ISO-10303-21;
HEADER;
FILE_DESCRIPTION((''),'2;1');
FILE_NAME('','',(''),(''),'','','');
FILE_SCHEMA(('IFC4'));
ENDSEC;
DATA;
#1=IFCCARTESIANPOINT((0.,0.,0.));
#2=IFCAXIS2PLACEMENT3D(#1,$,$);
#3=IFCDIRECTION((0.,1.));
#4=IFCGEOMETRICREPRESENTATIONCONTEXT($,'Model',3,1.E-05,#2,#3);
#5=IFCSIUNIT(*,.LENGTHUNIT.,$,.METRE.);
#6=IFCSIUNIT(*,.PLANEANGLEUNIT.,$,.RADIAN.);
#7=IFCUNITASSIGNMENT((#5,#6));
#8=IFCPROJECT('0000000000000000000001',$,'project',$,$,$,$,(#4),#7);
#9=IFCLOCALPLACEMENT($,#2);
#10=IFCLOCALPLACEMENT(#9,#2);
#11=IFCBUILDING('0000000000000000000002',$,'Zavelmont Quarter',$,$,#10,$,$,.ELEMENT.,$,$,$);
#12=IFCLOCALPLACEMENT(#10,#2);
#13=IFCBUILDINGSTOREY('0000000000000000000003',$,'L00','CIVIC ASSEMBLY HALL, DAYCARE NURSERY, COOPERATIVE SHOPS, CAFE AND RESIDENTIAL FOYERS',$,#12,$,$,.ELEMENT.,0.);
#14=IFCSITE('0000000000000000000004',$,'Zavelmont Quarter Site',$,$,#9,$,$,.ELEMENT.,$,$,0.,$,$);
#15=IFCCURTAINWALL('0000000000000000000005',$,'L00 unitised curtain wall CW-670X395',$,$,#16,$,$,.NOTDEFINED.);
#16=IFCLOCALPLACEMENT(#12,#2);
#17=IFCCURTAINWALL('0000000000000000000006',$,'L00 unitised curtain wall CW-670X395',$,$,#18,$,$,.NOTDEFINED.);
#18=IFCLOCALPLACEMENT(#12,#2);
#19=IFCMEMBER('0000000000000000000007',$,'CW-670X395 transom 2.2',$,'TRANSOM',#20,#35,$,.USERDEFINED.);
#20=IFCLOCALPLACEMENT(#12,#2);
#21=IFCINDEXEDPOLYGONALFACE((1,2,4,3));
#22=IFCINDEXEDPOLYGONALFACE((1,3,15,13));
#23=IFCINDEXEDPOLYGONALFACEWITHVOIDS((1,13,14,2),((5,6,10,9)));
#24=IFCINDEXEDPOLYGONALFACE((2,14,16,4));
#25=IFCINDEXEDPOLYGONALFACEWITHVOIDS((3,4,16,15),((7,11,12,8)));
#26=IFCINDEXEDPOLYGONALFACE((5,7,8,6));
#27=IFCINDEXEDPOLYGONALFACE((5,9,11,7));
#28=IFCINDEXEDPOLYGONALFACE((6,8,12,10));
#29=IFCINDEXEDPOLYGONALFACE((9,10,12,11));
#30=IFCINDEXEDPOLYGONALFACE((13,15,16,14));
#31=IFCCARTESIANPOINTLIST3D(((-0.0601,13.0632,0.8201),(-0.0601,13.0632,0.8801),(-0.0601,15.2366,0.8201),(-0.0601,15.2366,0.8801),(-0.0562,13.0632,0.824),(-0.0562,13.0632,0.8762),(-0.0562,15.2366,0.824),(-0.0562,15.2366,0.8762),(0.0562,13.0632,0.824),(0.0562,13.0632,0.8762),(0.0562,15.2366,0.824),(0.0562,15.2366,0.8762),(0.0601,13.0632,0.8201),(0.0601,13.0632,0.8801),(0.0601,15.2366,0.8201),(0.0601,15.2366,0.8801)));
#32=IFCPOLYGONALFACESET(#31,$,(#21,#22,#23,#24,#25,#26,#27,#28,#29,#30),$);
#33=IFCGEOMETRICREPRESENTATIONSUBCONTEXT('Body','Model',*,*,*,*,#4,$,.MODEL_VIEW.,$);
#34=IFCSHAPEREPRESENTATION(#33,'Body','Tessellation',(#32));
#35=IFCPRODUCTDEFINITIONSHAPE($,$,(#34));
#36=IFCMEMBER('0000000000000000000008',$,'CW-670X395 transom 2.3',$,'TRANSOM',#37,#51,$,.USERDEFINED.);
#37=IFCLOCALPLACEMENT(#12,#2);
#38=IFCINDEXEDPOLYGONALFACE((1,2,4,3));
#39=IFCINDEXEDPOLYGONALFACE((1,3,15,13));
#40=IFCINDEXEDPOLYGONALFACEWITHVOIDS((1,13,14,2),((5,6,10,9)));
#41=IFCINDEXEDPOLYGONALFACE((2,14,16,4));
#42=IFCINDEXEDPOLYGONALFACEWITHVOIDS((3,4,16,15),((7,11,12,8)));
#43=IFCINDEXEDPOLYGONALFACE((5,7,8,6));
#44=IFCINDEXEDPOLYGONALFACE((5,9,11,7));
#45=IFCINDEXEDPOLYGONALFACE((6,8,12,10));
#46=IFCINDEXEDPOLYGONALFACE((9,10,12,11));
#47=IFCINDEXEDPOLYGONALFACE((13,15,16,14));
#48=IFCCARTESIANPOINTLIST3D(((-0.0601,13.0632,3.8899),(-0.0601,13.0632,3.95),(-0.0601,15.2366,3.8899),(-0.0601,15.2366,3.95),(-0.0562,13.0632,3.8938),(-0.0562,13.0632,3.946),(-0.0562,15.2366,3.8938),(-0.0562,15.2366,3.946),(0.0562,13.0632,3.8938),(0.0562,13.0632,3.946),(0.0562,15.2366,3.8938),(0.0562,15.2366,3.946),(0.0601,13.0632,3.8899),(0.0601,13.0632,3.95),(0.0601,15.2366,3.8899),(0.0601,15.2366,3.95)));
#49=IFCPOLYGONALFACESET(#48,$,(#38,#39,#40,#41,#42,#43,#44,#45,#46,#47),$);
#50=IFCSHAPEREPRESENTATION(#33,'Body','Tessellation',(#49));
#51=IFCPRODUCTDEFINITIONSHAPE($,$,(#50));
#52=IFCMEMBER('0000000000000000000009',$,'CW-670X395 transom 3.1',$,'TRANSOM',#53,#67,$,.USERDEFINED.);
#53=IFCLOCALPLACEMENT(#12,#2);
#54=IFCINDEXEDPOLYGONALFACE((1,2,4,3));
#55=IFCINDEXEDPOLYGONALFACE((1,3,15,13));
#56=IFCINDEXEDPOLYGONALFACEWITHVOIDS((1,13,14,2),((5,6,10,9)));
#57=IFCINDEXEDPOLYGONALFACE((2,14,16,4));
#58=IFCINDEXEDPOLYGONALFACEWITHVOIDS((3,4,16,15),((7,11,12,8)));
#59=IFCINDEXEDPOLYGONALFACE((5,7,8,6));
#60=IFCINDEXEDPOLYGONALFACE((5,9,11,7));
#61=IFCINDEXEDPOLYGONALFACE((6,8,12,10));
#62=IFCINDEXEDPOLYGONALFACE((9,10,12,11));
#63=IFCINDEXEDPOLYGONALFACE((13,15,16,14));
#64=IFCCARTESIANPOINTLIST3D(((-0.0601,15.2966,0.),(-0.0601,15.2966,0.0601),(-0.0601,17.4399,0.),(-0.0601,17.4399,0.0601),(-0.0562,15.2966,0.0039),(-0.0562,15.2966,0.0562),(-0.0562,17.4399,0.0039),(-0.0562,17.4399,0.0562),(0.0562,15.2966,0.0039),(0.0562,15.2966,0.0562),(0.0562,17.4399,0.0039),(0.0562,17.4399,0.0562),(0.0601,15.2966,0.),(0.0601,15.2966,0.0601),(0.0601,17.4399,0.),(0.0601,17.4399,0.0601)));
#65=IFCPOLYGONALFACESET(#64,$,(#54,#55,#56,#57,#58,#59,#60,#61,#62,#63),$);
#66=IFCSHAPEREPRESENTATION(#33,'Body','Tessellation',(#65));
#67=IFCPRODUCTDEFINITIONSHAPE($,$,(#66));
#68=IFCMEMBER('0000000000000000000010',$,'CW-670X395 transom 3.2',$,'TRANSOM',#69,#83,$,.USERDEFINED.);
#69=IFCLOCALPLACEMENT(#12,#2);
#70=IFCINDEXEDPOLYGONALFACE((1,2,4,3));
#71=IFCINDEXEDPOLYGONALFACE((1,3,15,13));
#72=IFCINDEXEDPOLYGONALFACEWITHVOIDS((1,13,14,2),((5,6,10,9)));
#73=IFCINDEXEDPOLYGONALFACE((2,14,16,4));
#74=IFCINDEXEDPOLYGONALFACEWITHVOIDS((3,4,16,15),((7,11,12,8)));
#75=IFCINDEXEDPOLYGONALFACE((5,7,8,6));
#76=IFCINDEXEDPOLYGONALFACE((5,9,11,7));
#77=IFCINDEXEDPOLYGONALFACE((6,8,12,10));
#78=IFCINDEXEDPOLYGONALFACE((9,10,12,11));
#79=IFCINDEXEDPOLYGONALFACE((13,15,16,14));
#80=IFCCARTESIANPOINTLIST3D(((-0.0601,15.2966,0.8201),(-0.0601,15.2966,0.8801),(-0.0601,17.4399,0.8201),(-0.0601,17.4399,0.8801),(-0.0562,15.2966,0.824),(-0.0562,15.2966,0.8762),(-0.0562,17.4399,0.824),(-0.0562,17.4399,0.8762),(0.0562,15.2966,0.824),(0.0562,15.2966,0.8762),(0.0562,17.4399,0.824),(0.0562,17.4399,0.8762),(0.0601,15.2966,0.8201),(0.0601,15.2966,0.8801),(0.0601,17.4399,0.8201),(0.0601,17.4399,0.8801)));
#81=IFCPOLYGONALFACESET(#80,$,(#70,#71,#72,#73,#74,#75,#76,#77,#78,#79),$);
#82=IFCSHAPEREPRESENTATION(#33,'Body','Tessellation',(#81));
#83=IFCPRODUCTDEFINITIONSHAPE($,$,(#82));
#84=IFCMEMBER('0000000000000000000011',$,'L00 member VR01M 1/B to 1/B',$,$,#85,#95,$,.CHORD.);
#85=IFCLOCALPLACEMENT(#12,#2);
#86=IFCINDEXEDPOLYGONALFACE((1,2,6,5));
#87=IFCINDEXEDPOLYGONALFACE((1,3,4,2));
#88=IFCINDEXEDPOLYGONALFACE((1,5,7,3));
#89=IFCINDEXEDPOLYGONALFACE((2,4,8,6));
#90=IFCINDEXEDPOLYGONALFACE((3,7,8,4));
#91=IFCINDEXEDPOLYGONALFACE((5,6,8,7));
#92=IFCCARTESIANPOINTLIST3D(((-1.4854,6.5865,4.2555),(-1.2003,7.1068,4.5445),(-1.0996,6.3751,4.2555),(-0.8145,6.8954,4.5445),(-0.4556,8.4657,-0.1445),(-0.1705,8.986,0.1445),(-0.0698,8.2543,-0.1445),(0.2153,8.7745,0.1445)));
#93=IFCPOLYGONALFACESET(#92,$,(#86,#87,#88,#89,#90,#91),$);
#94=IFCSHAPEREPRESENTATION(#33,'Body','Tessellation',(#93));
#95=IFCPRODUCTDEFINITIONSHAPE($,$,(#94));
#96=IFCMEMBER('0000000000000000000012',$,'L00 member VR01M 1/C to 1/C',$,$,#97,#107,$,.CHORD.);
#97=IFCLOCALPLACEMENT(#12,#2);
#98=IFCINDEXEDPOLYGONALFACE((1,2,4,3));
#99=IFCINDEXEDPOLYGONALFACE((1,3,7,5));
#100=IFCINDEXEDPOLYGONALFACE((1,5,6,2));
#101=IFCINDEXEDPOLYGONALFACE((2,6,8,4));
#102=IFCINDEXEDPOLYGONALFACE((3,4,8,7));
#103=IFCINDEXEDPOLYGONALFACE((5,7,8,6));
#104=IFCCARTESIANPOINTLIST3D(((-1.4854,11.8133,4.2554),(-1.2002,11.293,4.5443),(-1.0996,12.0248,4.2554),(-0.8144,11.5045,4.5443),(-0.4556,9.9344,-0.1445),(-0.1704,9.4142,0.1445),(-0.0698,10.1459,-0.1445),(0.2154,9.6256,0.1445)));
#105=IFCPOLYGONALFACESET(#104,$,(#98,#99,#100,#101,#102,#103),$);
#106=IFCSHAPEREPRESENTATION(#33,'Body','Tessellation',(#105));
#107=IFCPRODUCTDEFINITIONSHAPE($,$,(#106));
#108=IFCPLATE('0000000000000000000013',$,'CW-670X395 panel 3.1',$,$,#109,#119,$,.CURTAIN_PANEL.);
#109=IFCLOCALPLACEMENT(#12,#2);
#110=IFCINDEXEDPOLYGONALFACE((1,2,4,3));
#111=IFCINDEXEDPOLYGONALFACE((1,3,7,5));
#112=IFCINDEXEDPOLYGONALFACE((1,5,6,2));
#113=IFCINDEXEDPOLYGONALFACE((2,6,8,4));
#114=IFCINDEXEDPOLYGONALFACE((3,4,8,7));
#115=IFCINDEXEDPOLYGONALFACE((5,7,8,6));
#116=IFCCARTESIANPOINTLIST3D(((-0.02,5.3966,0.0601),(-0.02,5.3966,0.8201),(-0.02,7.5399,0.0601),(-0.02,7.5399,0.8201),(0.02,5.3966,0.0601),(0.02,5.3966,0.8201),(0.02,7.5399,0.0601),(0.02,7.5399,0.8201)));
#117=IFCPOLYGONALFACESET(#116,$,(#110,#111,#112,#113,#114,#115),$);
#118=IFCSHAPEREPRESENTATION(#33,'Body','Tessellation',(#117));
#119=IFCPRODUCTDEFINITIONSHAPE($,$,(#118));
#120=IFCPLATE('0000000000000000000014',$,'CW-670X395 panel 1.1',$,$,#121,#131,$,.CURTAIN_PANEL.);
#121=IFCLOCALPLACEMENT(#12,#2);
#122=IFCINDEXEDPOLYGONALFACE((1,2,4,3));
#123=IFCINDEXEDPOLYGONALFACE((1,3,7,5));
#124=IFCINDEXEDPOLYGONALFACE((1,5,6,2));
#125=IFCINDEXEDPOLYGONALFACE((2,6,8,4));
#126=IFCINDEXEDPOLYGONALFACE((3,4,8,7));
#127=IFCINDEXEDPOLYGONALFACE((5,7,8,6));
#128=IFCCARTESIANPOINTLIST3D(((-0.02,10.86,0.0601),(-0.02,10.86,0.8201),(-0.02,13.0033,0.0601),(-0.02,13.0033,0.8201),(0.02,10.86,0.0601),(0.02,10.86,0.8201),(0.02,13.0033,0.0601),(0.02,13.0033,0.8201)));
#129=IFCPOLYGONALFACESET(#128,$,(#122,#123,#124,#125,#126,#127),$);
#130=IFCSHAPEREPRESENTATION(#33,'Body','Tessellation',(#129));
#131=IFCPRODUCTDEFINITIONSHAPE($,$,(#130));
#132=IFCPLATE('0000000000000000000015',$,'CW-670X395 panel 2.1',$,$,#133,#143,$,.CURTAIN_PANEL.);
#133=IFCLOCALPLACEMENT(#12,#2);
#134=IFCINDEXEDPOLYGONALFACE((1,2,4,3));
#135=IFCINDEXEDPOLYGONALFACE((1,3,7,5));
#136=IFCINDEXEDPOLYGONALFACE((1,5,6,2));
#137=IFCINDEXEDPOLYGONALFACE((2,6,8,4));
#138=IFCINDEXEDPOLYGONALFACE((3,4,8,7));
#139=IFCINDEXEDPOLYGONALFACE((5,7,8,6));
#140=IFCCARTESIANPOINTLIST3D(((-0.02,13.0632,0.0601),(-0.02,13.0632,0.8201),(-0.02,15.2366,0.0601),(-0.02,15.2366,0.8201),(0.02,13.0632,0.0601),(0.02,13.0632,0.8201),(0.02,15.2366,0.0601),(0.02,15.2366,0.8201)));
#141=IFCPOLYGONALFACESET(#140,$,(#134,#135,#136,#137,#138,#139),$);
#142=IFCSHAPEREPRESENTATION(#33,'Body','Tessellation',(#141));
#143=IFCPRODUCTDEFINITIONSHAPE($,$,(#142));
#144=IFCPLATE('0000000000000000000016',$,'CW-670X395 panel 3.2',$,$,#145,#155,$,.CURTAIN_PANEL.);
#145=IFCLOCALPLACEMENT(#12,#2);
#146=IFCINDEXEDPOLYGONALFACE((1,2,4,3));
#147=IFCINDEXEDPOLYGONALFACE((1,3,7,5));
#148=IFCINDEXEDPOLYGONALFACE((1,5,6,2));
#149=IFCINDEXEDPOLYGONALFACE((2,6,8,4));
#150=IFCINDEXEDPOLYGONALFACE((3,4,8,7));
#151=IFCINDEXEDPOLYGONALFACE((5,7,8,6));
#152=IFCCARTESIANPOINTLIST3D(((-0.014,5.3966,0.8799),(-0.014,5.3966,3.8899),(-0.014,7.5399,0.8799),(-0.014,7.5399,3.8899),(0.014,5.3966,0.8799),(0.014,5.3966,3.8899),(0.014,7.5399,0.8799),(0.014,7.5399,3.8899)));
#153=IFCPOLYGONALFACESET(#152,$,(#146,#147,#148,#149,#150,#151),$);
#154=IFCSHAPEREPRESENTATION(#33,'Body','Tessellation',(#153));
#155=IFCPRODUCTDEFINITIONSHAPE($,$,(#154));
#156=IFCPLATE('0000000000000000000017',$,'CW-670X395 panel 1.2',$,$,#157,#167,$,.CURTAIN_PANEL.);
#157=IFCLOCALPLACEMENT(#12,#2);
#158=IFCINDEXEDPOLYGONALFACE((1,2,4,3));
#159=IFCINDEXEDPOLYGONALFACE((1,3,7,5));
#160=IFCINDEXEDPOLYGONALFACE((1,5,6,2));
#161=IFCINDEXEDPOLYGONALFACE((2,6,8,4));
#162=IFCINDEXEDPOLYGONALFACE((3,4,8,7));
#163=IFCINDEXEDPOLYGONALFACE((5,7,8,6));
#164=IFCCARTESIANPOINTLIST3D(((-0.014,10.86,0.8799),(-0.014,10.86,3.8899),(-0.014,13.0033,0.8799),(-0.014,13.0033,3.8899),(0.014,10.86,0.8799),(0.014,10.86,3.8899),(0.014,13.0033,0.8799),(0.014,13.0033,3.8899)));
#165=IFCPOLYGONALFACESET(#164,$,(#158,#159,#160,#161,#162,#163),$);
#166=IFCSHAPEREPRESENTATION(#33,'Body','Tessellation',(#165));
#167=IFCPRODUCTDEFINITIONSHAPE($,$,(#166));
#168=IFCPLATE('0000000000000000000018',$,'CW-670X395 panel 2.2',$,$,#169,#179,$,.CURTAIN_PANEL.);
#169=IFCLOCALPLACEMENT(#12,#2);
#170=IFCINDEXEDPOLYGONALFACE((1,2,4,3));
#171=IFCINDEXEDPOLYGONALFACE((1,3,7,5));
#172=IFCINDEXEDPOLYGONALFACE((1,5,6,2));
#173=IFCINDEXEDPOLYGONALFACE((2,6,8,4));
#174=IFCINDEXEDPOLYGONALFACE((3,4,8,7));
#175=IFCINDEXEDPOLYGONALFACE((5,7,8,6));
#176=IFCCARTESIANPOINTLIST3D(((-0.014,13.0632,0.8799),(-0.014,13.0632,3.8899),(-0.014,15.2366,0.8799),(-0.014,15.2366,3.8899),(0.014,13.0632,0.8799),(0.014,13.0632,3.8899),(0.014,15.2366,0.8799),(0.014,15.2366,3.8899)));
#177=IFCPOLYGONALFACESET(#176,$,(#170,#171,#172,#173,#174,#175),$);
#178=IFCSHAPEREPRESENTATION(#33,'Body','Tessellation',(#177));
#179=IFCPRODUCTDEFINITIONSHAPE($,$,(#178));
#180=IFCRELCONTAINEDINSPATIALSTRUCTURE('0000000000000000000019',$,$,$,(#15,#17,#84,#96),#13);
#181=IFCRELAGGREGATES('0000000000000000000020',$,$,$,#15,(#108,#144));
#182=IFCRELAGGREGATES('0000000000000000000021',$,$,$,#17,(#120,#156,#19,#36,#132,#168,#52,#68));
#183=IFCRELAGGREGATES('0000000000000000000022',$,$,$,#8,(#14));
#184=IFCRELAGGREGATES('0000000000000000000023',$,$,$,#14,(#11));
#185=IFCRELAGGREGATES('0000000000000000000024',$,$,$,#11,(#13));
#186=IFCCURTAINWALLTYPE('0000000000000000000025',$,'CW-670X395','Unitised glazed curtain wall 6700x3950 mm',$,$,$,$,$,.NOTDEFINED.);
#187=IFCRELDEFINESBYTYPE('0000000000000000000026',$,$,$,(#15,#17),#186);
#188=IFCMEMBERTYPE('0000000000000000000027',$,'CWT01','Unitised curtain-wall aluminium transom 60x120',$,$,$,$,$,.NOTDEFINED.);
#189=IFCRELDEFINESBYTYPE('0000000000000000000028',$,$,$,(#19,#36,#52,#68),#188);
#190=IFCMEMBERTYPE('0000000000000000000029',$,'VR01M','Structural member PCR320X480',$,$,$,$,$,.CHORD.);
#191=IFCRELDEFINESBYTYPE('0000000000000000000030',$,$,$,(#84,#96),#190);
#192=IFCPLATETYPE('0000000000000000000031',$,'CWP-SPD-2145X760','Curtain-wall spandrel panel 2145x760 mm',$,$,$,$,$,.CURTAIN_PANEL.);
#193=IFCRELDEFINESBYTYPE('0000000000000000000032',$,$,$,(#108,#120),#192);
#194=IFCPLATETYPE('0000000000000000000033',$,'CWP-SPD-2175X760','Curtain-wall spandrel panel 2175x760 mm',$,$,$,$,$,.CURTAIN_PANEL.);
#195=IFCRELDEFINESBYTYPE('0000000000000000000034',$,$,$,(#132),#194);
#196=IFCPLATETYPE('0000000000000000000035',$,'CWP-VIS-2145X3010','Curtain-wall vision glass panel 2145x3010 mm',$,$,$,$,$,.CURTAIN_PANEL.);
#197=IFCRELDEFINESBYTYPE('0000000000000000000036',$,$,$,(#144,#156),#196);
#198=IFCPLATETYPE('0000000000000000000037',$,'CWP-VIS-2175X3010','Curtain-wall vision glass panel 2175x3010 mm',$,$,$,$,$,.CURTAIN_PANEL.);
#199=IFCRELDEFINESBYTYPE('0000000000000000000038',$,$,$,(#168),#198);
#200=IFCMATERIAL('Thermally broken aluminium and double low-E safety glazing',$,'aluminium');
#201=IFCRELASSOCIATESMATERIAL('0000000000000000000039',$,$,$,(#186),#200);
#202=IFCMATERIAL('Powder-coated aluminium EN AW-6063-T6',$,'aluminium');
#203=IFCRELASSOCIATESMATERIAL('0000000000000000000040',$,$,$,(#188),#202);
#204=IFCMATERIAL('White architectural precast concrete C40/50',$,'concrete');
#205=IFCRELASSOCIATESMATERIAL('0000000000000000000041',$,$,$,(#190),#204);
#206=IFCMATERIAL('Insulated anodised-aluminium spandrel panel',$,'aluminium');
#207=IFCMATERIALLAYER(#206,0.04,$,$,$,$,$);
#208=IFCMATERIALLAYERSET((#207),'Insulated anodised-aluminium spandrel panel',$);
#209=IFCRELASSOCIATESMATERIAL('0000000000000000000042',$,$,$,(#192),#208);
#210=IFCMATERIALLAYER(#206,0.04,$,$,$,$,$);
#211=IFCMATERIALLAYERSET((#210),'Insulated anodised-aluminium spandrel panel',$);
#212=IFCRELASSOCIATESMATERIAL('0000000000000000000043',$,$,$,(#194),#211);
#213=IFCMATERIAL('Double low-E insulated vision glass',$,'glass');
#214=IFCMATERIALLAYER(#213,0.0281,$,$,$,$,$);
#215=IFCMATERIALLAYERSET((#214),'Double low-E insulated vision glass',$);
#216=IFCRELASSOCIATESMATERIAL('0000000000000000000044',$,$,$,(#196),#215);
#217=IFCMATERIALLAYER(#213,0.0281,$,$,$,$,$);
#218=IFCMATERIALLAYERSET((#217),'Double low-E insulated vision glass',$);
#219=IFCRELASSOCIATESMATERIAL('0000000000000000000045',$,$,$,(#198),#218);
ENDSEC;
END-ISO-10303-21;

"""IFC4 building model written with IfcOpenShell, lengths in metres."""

from ifc_helpers import new_model, si_unit, direction, frame, origin, origin_2d, place, context, subcontext, project, spatial, rectangle, hollow_rectangle, extrude, material, layer, layer_set, material_profile, profile_set, type_object, element, aggregate, save


model = new_model("IFC4")

# Units and contexts
model_context = context("Model", 3, precision=1e-05, world=origin(), true_north=direction((0.0, 1.0)))
body_context = subcontext(model_context, "Body", "Model", "MODEL_VIEW")
ifc_project = project(units=[si_unit("LENGTHUNIT", "METRE"), si_unit("PLANEANGLEUNIT", "RADIAN")], contexts=[model_context])

# Site, building, storey
site_placement = place(None, origin())
site = spatial("IfcSite", under=ifc_project, at=site_placement, Name="Zavelmont Quarter Site", CompositionType="ELEMENT", RefElevation=0.0)
building_placement = place(site_placement, origin())
building = spatial("IfcBuilding", under=site, at=building_placement, Name="Zavelmont Quarter", CompositionType="ELEMENT")
storey_placement = place(building_placement, origin())
storey = spatial("IfcBuildingStorey", under=building, at=storey_placement, Name="L00", Description="CIVIC ASSEMBLY HALL, DAYCARE NURSERY, COOPERATIVE SHOPS, CAFE AND RESIDENTIAL FOYERS", CompositionType="ELEMENT", Elevation=0.0)

# Curtain wall
ifc_material_1 = material(Name="Thermally broken aluminium and double low-E safety glazing", Category="aluminium")
curtain_wall_type = type_object("IfcCurtainWallType", Name="CW-670X395", Description="Unitised glazed curtain wall 6700x3950 mm", PredefinedType="NOTDEFINED", material=ifc_material_1)
curtain_wall_1_placement = place(storey_placement, origin())
curtain_wall_1 = element("IfcCurtainWall", 1, at=curtain_wall_1_placement, inside=storey, type_object=curtain_wall_type, Name="L00 unitised curtain wall CW-670X395", PredefinedType="NOTDEFINED")
ifc_material_2 = material(Name="Powder-coated aluminium EN AW-6063-T6", Category="aluminium")

# Curtain wall
curtain_wall_2_placement = place(storey_placement, origin())
curtain_wall_2 = element("IfcCurtainWall", 2, at=curtain_wall_2_placement, inside=storey, type_object=curtain_wall_type, Name="L00 unitised curtain wall CW-670X395", PredefinedType="NOTDEFINED")

# Members
ifc_material_profile_1 = material_profile(ifc_material_2, hollow_rectangle(XDim=0.1201, YDim=0.0601, WallThickness=0.0039, at=origin_2d()), Name="CWT60X120")
ifc_profile_set_1 = profile_set([ifc_material_profile_1], Name="Powder-coated aluminium EN AW-6063-T6")
member_type_1 = type_object("IfcMemberType", Name="CWT01", Description="Unitised curtain-wall aluminium transom 60x120", PredefinedType="NOTDEFINED", material=ifc_profile_set_1)
member_1_placement = place(storey_placement, frame((0.0, 13.0632, 0.8501), z_axis=(0.0, 1.0, 0.0), x_axis=(-1.0, 0.0, 0.0)))
member_1 = element("IfcMember", 3, at=member_1_placement, type_object=member_type_1, Name="CW-670X395 transom 2.2", ObjectType="TRANSOM", PredefinedType="USERDEFINED", context=body_context, shape_type="SweptSolid", body=[
    extrude(hollow_rectangle(XDim=0.1201, YDim=0.0601, WallThickness=0.0039, at=origin_2d()), origin(), (0.0, 0.0, 1.0), 2.1733),
])
member_2_placement = place(storey_placement, frame((0.0, 13.0632, 3.9199), z_axis=(0.0, 1.0, 0.0), x_axis=(-1.0, 0.0, 0.0)))
member_2 = element("IfcMember", 4, at=member_2_placement, type_object=member_type_1, Name="CW-670X395 transom 2.3", ObjectType="TRANSOM", PredefinedType="USERDEFINED", context=body_context, shape_type="SweptSolid", body=[
    extrude(hollow_rectangle(XDim=0.1201, YDim=0.0601, WallThickness=0.0039, at=origin_2d()), origin(), (0.0, 0.0, 1.0), 2.1733),
])
member_3_placement = place(storey_placement, frame((0.0, 15.2966, 0.03), z_axis=(0.0, 1.0, 0.0), x_axis=(-1.0, 0.0, 0.0)))
member_3 = element("IfcMember", 5, at=member_3_placement, type_object=member_type_1, Name="CW-670X395 transom 3.1", ObjectType="TRANSOM", PredefinedType="USERDEFINED", context=body_context, shape_type="SweptSolid", body=[
    extrude(hollow_rectangle(XDim=0.1201, YDim=0.0601, WallThickness=0.0039, at=origin_2d()), origin(), (0.0, 0.0, 1.0), 2.1433),
])
member_4_placement = place(storey_placement, frame((0.0, 15.2966, 0.8501), z_axis=(0.0, 1.0, 0.0), x_axis=(-1.0, 0.0, 0.0)))
member_4 = element("IfcMember", 6, at=member_4_placement, type_object=member_type_1, Name="CW-670X395 transom 3.2", ObjectType="TRANSOM", PredefinedType="USERDEFINED", context=body_context, shape_type="SweptSolid", body=[
    extrude(hollow_rectangle(XDim=0.1201, YDim=0.0601, WallThickness=0.0039, at=origin_2d()), origin(), (0.0, 0.0, 1.0), 2.1433),
])

# Members
ifc_material_3 = material(Name="White architectural precast concrete C40/50", Category="concrete")
ifc_material_profile_2 = material_profile(ifc_material_3, rectangle(XDim=0.4399, YDim=0.6599, at=origin_2d()), Name="PCR320X480")
ifc_profile_set_2 = profile_set([ifc_material_profile_2], Name="White architectural precast concrete C40/50")
member_type_2 = type_object("IfcMemberType", Name="VR01M", Description="Structural member PCR320X480", PredefinedType="CHORD", material=ifc_profile_set_2)
member_5_placement = place(storey_placement, frame((-0.1201, 8.6201, 0.0), z_axis=(-0.21042, -0.383974, 0.899048), x_axis=(0.876953, -0.480575, 0.0)))
element("IfcMember", 7, at=member_5_placement, inside=storey, type_object=member_type_2, Name="L00 member VR01M 1/B to 1/B", PredefinedType="CHORD", context=body_context, shape_type="SweptSolid", body=[
    extrude(rectangle(XDim=0.4399, YDim=0.6599, at=origin_2d()), origin(), (0.0, 0.0, 1.0), 4.894),
])
member_6_placement = place(storey_placement, frame((-0.1201, 9.78, 0.0), z_axis=(-0.210424, 0.383931, 0.899065), x_axis=(-0.876927, -0.480623, 0.0)))
element("IfcMember", 8, at=member_6_placement, inside=storey, type_object=member_type_2, Name="L00 member VR01M 1/C to 1/C", PredefinedType="CHORD", context=body_context, shape_type="SweptSolid", body=[
    extrude(rectangle(XDim=0.4399, YDim=0.6599, at=origin_2d()), origin(), (0.0, 0.0, 1.0), 4.8938),
])

# Plates
ifc_material_4 = material(Name="Insulated anodised-aluminium spandrel panel", Category="aluminium")
ifc_layer_1 = layer(ifc_material_4, 0.04)
ifc_layer_set_1 = layer_set([ifc_layer_1], Name="Insulated anodised-aluminium spandrel panel")
plate_type_1 = type_object("IfcPlateType", Name="CWP-SPD-2145X760", Description="Curtain-wall spandrel panel 2145x760 mm", PredefinedType="CURTAIN_PANEL", material=ifc_layer_set_1)
plate_1_placement = place(storey_placement, frame((0.0, 6.4683, 0.0601), z_axis=(0.0, 0.0, 1.0), x_axis=(0.0, 1.0, 0.0)))
plate_1 = element("IfcPlate", 9, at=plate_1_placement, type_object=plate_type_1, Name="CW-670X395 panel 3.1", PredefinedType="CURTAIN_PANEL", context=body_context, shape_type="SweptSolid", body=[
    extrude(rectangle(XDim=2.1433, YDim=0.04, at=origin_2d()), origin(), (0.0, 0.0, 1.0), 0.76),
])
plate_2_placement = place(storey_placement, frame((0.0, 11.9316, 0.0601), z_axis=(0.0, 0.0, 1.0), x_axis=(0.0, 1.0, 0.0)))
plate_2 = element("IfcPlate", 10, at=plate_2_placement, type_object=plate_type_1, Name="CW-670X395 panel 1.1", PredefinedType="CURTAIN_PANEL", context=body_context, shape_type="SweptSolid", body=[
    extrude(rectangle(XDim=2.1433, YDim=0.04, at=origin_2d()), origin(), (0.0, 0.0, 1.0), 0.76),
])
ifc_layer_2 = layer(ifc_material_4, 0.04)
ifc_layer_set_2 = layer_set([ifc_layer_2], Name="Insulated anodised-aluminium spandrel panel")
plate_type_2 = type_object("IfcPlateType", Name="CWP-SPD-2175X760", Description="Curtain-wall spandrel panel 2175x760 mm", PredefinedType="CURTAIN_PANEL", material=ifc_layer_set_2)
plate_3_placement = place(storey_placement, frame((0.0, 14.1499, 0.0601), z_axis=(0.0, 0.0, 1.0), x_axis=(0.0, 1.0, 0.0)))
plate_3 = element("IfcPlate", 11, at=plate_3_placement, type_object=plate_type_2, Name="CW-670X395 panel 2.1", PredefinedType="CURTAIN_PANEL", context=body_context, shape_type="SweptSolid", body=[
    extrude(rectangle(XDim=2.1733, YDim=0.04, at=origin_2d()), origin(), (0.0, 0.0, 1.0), 0.76),
])
ifc_material_5 = material(Name="Double low-E insulated vision glass", Category="glass")
ifc_layer_3 = layer(ifc_material_5, 0.0281)
ifc_layer_set_3 = layer_set([ifc_layer_3], Name="Double low-E insulated vision glass")
plate_type_3 = type_object("IfcPlateType", Name="CWP-VIS-2145X3010", Description="Curtain-wall vision glass panel 2145x3010 mm", PredefinedType="CURTAIN_PANEL", material=ifc_layer_set_3)
plate_4_placement = place(storey_placement, frame((0.0, 6.4683, 0.8799), z_axis=(0.0, 0.0, 1.0), x_axis=(0.0, 1.0, 0.0)))
plate_4 = element("IfcPlate", 12, at=plate_4_placement, type_object=plate_type_3, Name="CW-670X395 panel 3.2", PredefinedType="CURTAIN_PANEL", context=body_context, shape_type="SweptSolid", body=[
    extrude(rectangle(XDim=2.1433, YDim=0.0281, at=origin_2d()), origin(), (0.0, 0.0, 1.0), 3.01),
])
aggregate(curtain_wall_1, [plate_1, plate_4])
plate_5_placement = place(storey_placement, frame((0.0, 11.9316, 0.8799), z_axis=(0.0, 0.0, 1.0), x_axis=(0.0, 1.0, 0.0)))
plate_5 = element("IfcPlate", 13, at=plate_5_placement, type_object=plate_type_3, Name="CW-670X395 panel 1.2", PredefinedType="CURTAIN_PANEL", context=body_context, shape_type="SweptSolid", body=[
    extrude(rectangle(XDim=2.1433, YDim=0.0281, at=origin_2d()), origin(), (0.0, 0.0, 1.0), 3.01),
])
ifc_layer_4 = layer(ifc_material_5, 0.0281)
ifc_layer_set_4 = layer_set([ifc_layer_4], Name="Double low-E insulated vision glass")
plate_type_4 = type_object("IfcPlateType", Name="CWP-VIS-2175X3010", Description="Curtain-wall vision glass panel 2175x3010 mm", PredefinedType="CURTAIN_PANEL", material=ifc_layer_set_4)
plate_6_placement = place(storey_placement, frame((0.0, 14.1499, 0.8799), z_axis=(0.0, 0.0, 1.0), x_axis=(0.0, 1.0, 0.0)))
plate_6 = element("IfcPlate", 14, at=plate_6_placement, type_object=plate_type_4, Name="CW-670X395 panel 2.2", PredefinedType="CURTAIN_PANEL", context=body_context, shape_type="SweptSolid", body=[
    extrude(rectangle(XDim=2.1733, YDim=0.0281, at=origin_2d()), origin(), (0.0, 0.0, 1.0), 3.01),
])
aggregate(curtain_wall_2, [plate_2, plate_5, member_1, member_2, plate_3, plate_6, member_3, member_4])

save(model, "model.ifc")
